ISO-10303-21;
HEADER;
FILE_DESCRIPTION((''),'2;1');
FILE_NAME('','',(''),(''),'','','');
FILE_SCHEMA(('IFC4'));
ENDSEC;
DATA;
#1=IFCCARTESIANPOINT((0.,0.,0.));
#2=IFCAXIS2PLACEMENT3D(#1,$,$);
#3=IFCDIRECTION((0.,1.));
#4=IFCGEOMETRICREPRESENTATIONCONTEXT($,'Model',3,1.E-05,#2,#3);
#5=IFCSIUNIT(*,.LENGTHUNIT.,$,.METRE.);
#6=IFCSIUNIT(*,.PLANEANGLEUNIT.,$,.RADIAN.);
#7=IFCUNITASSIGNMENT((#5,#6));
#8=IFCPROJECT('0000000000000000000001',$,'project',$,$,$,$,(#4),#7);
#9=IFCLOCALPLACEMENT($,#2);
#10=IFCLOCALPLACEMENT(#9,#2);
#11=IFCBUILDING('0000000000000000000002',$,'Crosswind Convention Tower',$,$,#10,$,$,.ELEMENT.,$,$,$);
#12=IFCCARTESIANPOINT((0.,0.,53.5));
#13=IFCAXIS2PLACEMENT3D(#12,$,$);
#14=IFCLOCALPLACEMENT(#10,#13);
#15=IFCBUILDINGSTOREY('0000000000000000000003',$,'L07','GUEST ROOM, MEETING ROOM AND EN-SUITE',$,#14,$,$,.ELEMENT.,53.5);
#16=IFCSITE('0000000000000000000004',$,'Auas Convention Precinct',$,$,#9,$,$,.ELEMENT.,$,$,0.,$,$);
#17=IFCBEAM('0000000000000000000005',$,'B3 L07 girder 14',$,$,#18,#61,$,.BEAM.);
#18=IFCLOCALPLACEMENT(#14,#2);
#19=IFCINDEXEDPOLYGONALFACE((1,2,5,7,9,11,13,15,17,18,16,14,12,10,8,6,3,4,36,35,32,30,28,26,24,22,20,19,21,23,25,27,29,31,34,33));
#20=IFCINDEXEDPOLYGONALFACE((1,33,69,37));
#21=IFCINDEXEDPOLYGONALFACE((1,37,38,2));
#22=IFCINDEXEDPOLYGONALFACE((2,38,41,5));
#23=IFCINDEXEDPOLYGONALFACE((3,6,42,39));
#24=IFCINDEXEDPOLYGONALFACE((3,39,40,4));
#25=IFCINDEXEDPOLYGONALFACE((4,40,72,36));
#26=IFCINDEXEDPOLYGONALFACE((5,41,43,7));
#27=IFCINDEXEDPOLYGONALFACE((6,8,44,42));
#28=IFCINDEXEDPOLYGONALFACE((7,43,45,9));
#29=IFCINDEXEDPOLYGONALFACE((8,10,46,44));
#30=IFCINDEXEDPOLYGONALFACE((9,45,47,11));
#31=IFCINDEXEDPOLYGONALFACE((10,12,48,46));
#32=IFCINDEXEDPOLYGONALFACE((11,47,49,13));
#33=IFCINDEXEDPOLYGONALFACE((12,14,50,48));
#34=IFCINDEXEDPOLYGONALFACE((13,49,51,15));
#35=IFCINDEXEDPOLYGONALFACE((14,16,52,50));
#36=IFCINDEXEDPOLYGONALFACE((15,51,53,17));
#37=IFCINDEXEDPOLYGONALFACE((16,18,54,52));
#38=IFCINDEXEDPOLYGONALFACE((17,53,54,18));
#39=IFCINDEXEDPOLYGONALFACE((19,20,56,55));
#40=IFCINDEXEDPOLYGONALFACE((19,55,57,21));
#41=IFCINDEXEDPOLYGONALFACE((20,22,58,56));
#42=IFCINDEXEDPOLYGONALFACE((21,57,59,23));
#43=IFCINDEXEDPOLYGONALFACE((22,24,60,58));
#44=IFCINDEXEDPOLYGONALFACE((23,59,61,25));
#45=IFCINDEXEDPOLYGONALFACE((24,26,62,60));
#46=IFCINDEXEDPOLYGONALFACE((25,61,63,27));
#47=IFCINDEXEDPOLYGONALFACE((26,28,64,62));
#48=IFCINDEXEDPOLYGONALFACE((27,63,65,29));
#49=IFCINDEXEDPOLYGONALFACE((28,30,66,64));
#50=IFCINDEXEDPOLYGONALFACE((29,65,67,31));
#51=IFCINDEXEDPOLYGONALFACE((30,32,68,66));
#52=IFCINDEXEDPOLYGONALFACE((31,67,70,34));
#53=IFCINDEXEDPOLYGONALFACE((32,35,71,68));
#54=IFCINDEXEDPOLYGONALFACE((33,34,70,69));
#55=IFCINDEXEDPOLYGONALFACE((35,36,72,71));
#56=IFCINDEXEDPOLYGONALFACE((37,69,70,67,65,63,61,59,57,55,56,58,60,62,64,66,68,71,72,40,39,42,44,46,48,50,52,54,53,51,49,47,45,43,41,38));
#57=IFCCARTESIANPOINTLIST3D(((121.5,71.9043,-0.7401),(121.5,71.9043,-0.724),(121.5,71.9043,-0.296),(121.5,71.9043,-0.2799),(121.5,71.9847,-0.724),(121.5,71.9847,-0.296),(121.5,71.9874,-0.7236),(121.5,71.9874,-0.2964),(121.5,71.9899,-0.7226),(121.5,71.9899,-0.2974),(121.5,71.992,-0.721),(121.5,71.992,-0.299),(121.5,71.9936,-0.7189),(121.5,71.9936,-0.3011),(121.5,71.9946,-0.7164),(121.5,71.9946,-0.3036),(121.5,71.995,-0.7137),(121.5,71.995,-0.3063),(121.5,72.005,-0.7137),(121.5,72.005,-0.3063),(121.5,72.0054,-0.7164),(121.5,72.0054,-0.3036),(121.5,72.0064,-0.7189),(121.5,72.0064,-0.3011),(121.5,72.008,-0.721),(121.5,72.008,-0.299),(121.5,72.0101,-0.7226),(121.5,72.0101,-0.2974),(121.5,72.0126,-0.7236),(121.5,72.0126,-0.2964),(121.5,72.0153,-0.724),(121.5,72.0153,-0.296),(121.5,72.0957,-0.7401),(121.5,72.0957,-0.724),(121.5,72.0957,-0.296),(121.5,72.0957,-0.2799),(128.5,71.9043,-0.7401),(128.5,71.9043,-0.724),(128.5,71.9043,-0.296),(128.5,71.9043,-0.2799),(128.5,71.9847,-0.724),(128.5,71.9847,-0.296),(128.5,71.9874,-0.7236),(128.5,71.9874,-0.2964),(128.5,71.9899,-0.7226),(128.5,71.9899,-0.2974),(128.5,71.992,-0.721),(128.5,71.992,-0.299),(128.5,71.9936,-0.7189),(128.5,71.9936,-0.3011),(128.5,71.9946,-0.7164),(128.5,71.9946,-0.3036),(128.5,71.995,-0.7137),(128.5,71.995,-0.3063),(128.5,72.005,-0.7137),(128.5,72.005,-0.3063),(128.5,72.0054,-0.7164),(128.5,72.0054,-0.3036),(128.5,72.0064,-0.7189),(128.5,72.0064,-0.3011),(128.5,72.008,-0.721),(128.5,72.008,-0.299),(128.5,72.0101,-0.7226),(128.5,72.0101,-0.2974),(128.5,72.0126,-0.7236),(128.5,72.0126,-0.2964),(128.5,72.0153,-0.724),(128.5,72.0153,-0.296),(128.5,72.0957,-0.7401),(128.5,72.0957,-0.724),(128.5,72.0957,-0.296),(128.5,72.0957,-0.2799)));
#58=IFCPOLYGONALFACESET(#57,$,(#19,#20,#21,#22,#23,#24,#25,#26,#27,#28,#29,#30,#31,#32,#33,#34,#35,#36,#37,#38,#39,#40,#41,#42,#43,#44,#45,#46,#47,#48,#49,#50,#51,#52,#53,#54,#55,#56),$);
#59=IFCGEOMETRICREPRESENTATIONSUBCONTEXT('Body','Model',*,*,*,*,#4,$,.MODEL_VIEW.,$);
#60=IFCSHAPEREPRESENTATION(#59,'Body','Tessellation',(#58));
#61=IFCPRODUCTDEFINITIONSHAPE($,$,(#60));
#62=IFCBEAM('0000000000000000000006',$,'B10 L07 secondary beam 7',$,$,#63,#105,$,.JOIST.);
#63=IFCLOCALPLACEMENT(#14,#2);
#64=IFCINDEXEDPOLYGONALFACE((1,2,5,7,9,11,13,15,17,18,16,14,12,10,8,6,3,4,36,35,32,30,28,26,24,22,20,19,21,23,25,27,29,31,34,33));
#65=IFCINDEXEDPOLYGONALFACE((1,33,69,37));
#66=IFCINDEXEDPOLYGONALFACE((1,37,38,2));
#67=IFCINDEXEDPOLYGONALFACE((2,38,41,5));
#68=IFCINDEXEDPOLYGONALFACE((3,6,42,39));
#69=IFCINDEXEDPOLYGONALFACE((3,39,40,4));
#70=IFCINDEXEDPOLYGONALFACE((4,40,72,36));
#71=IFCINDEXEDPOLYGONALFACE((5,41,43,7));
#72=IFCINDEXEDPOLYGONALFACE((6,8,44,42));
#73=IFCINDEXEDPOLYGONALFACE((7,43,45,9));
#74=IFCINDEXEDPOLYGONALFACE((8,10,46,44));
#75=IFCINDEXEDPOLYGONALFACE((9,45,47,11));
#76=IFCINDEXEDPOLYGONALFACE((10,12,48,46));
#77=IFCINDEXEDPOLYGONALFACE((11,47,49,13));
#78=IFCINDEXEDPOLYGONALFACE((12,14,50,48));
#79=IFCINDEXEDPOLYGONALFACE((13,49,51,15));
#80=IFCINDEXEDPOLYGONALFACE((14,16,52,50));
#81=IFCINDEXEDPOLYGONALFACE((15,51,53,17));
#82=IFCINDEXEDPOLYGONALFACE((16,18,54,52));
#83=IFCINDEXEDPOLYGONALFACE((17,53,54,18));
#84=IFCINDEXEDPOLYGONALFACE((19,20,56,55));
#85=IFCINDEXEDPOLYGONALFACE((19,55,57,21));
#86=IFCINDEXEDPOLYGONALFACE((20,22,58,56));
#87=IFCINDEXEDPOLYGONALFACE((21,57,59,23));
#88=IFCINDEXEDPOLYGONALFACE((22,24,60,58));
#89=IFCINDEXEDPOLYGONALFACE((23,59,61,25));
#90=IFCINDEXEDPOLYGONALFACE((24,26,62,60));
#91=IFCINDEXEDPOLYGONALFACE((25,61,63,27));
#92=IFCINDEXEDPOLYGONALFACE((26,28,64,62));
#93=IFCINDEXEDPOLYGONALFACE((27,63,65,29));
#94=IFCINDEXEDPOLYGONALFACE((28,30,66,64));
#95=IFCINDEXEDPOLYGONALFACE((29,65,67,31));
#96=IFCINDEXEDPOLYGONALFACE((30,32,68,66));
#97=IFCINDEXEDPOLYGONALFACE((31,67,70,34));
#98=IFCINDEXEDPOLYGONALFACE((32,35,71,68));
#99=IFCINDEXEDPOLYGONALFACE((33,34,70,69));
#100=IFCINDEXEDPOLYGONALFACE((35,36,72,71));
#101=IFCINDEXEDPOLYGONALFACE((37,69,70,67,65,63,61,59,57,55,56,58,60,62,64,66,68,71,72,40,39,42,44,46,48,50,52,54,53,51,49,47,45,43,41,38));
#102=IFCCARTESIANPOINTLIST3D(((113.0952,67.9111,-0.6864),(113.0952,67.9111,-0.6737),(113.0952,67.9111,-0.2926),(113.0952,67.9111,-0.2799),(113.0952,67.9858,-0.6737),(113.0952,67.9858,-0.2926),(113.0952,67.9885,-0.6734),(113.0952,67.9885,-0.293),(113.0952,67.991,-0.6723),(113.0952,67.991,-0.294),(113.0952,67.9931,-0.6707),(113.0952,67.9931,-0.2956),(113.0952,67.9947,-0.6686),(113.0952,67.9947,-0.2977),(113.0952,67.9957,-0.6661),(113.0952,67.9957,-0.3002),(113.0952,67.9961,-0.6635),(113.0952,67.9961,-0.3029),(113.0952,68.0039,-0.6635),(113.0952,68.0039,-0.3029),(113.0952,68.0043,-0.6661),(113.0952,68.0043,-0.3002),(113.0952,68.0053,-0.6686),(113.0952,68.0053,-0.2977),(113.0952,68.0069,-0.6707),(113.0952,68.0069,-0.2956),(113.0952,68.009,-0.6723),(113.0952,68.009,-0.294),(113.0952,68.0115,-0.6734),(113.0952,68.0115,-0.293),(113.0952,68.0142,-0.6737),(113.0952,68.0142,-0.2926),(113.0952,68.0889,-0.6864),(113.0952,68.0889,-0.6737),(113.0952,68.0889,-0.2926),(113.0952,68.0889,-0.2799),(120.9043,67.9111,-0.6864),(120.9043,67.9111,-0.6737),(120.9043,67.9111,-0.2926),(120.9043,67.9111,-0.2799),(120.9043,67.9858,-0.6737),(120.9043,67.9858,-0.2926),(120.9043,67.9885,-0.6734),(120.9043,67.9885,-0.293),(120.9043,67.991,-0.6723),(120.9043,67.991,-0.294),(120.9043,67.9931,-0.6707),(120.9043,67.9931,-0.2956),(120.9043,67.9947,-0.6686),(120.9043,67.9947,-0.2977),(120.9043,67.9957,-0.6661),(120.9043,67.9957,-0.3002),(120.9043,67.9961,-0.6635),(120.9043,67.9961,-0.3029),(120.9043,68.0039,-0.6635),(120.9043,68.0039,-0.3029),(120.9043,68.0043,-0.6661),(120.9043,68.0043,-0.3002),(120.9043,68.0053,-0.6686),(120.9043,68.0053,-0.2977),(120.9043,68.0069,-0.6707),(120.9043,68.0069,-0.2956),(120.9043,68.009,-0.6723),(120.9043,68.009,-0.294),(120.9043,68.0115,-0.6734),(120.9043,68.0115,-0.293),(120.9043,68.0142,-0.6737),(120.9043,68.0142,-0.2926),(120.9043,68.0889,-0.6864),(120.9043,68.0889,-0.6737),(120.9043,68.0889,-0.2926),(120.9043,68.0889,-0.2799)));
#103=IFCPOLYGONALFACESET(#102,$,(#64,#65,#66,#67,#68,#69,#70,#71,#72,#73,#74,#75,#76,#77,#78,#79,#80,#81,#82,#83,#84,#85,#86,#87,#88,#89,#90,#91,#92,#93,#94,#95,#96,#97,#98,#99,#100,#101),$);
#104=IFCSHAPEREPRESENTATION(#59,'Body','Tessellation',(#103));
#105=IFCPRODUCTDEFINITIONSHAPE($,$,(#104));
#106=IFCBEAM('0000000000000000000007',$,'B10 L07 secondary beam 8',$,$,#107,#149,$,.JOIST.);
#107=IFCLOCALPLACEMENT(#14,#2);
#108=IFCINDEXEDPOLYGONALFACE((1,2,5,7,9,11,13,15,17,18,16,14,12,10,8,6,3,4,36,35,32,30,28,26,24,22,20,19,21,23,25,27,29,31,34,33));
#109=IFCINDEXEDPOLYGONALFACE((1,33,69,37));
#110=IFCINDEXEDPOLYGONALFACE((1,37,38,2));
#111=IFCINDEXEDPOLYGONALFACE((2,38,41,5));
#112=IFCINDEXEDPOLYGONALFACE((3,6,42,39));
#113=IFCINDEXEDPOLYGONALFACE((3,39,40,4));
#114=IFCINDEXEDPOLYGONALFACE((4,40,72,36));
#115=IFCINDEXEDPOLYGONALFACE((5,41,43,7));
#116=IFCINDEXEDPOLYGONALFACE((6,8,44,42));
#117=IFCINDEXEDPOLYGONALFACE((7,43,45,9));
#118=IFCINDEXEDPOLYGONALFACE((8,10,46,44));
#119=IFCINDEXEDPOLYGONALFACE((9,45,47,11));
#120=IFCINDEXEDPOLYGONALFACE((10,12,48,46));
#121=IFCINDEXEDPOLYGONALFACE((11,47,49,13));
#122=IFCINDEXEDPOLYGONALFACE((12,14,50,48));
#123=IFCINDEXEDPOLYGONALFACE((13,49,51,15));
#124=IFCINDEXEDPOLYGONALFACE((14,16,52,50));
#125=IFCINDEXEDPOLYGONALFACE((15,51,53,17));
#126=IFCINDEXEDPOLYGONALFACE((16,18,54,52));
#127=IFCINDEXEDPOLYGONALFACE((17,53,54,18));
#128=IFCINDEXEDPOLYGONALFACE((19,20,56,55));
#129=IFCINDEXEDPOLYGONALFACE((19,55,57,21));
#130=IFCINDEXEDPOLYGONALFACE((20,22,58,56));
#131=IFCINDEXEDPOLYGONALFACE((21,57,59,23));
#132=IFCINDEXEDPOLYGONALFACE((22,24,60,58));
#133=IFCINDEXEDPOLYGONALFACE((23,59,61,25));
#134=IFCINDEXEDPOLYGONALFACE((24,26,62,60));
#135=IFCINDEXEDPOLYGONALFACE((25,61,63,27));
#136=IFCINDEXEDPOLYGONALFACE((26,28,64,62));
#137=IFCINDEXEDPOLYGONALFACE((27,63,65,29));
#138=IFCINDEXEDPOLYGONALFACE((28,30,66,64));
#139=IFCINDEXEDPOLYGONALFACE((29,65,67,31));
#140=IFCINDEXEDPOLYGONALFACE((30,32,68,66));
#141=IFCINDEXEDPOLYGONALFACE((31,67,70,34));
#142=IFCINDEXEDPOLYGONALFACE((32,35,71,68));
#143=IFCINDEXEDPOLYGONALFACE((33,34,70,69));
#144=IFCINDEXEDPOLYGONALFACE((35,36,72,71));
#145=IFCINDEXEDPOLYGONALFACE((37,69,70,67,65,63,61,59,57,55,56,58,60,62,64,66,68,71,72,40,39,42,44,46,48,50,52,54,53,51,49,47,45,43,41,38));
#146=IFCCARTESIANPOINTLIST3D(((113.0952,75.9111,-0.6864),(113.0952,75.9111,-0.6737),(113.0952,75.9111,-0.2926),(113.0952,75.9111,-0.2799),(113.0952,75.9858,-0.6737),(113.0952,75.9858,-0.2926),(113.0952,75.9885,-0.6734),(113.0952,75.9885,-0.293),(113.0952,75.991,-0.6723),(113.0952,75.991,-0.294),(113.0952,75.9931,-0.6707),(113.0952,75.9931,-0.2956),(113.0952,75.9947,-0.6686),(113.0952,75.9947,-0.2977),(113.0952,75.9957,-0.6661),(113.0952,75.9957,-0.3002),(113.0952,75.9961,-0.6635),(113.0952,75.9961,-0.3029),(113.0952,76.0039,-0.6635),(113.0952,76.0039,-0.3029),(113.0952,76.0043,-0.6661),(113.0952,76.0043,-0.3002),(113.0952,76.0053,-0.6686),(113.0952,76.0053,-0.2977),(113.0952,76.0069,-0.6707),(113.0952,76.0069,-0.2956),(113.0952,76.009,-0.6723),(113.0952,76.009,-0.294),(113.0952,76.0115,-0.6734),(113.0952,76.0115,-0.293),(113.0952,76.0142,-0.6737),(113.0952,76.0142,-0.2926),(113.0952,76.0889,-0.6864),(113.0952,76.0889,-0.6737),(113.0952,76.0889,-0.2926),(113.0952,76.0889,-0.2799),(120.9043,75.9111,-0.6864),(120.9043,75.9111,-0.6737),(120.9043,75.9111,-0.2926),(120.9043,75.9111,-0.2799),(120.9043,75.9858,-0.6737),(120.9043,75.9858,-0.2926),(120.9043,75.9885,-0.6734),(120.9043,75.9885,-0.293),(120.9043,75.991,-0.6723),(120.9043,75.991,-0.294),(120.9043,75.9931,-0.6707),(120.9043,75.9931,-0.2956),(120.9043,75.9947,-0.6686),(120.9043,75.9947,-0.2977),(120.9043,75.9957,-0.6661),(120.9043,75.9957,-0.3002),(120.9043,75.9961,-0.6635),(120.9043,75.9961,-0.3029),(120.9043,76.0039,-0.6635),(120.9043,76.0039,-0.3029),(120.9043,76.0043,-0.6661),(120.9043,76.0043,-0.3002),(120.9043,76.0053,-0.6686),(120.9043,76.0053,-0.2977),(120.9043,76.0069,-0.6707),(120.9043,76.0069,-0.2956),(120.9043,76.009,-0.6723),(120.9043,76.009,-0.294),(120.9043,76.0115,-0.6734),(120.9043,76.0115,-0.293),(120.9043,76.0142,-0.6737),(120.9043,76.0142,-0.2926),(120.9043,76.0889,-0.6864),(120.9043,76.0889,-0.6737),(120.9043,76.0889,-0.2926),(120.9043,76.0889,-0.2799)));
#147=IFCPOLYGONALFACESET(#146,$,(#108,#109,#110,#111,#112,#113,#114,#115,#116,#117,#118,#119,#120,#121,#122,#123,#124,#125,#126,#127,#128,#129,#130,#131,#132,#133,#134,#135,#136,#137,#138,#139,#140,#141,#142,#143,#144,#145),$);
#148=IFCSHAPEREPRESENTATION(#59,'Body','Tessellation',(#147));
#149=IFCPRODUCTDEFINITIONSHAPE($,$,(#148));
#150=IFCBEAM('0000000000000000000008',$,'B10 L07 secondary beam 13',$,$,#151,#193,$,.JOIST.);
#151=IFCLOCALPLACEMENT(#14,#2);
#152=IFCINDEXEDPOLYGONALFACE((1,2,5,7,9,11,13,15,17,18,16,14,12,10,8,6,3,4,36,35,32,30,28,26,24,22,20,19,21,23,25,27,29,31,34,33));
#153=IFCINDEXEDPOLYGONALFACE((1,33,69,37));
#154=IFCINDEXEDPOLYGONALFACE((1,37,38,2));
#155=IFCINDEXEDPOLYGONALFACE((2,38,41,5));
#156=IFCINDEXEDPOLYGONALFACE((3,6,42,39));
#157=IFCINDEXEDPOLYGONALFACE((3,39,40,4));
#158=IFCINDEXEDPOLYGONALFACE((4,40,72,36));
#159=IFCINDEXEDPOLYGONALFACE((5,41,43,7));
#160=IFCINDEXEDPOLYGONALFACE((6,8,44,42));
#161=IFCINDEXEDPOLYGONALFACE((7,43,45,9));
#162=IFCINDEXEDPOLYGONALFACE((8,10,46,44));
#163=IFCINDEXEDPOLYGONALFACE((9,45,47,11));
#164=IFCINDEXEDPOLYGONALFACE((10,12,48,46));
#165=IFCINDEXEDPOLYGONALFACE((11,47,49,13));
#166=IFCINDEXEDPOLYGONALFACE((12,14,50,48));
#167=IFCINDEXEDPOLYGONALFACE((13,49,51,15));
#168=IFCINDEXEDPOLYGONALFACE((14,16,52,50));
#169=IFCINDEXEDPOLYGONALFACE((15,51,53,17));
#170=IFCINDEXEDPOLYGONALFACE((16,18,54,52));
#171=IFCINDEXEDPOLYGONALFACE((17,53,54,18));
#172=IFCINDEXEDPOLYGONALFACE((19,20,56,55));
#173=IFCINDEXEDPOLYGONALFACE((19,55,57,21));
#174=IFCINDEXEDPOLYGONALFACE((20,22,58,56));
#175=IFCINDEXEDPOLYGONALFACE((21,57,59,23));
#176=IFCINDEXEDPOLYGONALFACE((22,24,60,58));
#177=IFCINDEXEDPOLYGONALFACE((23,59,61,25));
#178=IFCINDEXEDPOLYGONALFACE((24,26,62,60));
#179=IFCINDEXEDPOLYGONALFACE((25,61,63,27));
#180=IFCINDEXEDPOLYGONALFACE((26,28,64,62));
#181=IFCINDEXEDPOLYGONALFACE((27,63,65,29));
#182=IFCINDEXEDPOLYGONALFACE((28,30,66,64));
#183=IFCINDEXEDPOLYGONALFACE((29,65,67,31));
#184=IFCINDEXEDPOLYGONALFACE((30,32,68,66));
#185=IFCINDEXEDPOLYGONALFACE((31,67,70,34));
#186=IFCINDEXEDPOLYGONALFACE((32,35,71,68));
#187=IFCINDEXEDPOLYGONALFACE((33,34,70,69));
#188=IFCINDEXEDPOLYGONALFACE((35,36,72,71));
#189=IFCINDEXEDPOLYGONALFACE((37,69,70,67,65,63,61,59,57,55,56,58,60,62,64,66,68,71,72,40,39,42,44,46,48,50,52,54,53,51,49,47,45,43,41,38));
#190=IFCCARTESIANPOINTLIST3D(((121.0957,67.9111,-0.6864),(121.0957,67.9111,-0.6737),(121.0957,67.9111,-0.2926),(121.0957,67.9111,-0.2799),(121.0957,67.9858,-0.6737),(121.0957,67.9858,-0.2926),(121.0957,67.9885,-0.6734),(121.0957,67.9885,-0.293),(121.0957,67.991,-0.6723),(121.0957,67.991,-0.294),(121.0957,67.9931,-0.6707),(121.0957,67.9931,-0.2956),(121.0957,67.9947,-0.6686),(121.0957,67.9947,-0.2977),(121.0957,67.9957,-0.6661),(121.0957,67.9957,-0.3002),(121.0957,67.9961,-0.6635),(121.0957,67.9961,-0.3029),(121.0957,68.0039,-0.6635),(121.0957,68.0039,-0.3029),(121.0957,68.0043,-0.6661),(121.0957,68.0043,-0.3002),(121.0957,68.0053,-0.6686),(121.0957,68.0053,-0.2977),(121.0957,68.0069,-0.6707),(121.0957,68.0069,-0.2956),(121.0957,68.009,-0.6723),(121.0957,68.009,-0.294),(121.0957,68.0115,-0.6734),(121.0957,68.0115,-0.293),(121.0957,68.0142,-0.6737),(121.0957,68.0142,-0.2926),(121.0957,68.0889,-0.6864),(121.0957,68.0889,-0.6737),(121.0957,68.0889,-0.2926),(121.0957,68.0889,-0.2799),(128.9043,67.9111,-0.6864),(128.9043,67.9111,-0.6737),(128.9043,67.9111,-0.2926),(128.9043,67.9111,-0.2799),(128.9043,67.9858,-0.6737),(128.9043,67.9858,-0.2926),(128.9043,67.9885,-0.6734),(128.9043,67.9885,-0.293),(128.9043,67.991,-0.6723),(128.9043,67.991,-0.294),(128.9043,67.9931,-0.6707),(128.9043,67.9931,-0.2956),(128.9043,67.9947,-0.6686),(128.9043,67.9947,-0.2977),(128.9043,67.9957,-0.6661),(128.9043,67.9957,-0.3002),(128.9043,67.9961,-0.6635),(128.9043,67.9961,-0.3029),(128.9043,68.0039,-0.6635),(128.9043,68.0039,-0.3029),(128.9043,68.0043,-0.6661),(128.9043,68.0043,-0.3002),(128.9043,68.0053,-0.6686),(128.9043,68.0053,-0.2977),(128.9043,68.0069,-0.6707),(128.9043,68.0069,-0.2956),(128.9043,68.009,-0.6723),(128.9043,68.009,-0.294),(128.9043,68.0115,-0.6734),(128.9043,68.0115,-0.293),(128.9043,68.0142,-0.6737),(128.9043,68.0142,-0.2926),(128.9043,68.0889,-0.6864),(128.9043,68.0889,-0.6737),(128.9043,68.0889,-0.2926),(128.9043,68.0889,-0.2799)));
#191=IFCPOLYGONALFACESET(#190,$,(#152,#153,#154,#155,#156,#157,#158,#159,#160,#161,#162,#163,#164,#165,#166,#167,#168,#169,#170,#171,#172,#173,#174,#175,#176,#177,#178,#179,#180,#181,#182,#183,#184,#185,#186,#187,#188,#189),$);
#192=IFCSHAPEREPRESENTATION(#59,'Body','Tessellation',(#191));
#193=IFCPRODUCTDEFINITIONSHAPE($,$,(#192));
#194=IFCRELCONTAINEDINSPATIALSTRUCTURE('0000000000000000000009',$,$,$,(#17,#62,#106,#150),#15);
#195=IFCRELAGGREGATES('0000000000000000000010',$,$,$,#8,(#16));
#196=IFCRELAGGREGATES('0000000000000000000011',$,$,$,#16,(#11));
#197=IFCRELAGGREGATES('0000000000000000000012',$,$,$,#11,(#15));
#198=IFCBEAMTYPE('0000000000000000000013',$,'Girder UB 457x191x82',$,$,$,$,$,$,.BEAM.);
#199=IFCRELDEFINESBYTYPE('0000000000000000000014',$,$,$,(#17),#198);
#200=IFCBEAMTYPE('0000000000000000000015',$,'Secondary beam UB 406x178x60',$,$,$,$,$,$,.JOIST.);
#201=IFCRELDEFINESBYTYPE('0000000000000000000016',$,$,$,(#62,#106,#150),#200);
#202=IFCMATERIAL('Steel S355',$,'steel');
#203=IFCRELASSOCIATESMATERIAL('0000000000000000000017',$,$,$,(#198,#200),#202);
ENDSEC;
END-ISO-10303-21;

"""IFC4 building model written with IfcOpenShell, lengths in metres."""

from ifc_helpers import new_model, si_unit, direction, frame, origin, origin_2d, place, context, subcontext, project, spatial, i_section, extrude, material, material_profile, profile_set, type_object, element, save


model = new_model("IFC4")

# Units and contexts
model_context = context("Model", 3, precision=1e-05, world=origin(), true_north=direction((0.0, 1.0)))
body_context = subcontext(model_context, "Body", "Model", "MODEL_VIEW")
ifc_project = project(units=[si_unit("LENGTHUNIT", "METRE"), si_unit("PLANEANGLEUNIT", "RADIAN")], contexts=[model_context])

# Site, building, storey
site_placement = place(None, origin())
site = spatial("IfcSite", under=ifc_project, at=site_placement, Name="Auas Convention Precinct", CompositionType="ELEMENT", RefElevation=0.0)
building_placement = place(site_placement, origin())
building = spatial("IfcBuilding", under=site, at=building_placement, Name="Crosswind Convention Tower", CompositionType="ELEMENT")
storey_placement = place(building_placement, frame((0.0, 0.0, 53.5)))
storey = spatial("IfcBuildingStorey", under=building, at=storey_placement, Name="L07", Description="GUEST ROOM, MEETING ROOM AND EN-SUITE", CompositionType="ELEMENT", Elevation=53.5)

# Beams
ifc_material_1 = material(Name="Steel S355", Category="steel")
ifc_material_profile_1 = material_profile(ifc_material_1, i_section(OverallWidth=0.1914, OverallDepth=0.4602, WebThickness=0.01, FlangeThickness=0.0161, FilletRadius=0.0103, at=origin_2d()), Name="UB 457x191x82")
ifc_profile_set_1 = profile_set([ifc_material_profile_1], Name="Steel S355")
beam_type_1 = type_object("IfcBeamType", Name="Girder UB 457x191x82", PredefinedType="BEAM", material=ifc_profile_set_1)
beam_1_placement = place(storey_placement, frame((121.5, 72.0, -0.51), z_axis=(1.0, 0.0, 0.0), x_axis=(0.0, 1.0, 0.0)))
element("IfcBeam", 1, at=beam_1_placement, inside=storey, type_object=beam_type_1, Name="B3 L07 girder 14", PredefinedType="BEAM", context=body_context, shape_type="SweptSolid", body=[
    extrude(i_section(OverallWidth=0.1914, OverallDepth=0.4602, WebThickness=0.01, FlangeThickness=0.0161, FilletRadius=0.0103, at=origin_2d()), origin(), (0.0, 0.0, 1.0), 7.0),
])
ifc_material_profile_2 = material_profile(ifc_material_1, i_section(OverallWidth=0.1777, OverallDepth=0.4065, WebThickness=0.0078, FlangeThickness=0.0127, FilletRadius=0.0103, at=origin_2d()), Name="UB 406x178x60")
ifc_profile_set_2 = profile_set([ifc_material_profile_2], Name="Steel S355")
beam_type_2 = type_object("IfcBeamType", Name="Secondary beam UB 406x178x60", PredefinedType="JOIST", material=ifc_profile_set_2)
for number, where, z_axis, x_axis, name in (
    (2, (113.0952, 68.0, -0.4832), (1.0, 0.0, 0.0), (0.0, 1.0, 0.0), "B10 L07 secondary beam 7"),
    (3, (113.0952, 76.0, -0.4832), (1.0, 0.0, 0.0), (0.0, 1.0, 0.0), "B10 L07 secondary beam 8"),
):
    element("IfcBeam", number, at=place(storey_placement, frame(where, z_axis=z_axis, x_axis=x_axis)), inside=storey, type_object=beam_type_2, Name=name, PredefinedType="JOIST", context=body_context, shape_type="SweptSolid", body=[
        extrude(i_section(OverallWidth=0.1777, OverallDepth=0.4065, WebThickness=0.0078, FlangeThickness=0.0127, FilletRadius=0.0103, at=origin_2d()), origin(), (0.0, 0.0, 1.0), 7.8091),
    ])
beam_2_placement = place(storey_placement, frame((121.0957, 68.0, -0.4832), z_axis=(1.0, 0.0, 0.0), x_axis=(0.0, 1.0, 0.0)))
element("IfcBeam", 4, at=beam_2_placement, inside=storey, type_object=beam_type_2, Name="B10 L07 secondary beam 13", PredefinedType="JOIST", context=body_context, shape_type="SweptSolid", body=[
    extrude(i_section(OverallWidth=0.1777, OverallDepth=0.4065, WebThickness=0.0078, FlangeThickness=0.0127, FilletRadius=0.0103, at=origin_2d()), origin(), (0.0, 0.0, 1.0), 7.8086),
])

save(model, "model.ifc")
